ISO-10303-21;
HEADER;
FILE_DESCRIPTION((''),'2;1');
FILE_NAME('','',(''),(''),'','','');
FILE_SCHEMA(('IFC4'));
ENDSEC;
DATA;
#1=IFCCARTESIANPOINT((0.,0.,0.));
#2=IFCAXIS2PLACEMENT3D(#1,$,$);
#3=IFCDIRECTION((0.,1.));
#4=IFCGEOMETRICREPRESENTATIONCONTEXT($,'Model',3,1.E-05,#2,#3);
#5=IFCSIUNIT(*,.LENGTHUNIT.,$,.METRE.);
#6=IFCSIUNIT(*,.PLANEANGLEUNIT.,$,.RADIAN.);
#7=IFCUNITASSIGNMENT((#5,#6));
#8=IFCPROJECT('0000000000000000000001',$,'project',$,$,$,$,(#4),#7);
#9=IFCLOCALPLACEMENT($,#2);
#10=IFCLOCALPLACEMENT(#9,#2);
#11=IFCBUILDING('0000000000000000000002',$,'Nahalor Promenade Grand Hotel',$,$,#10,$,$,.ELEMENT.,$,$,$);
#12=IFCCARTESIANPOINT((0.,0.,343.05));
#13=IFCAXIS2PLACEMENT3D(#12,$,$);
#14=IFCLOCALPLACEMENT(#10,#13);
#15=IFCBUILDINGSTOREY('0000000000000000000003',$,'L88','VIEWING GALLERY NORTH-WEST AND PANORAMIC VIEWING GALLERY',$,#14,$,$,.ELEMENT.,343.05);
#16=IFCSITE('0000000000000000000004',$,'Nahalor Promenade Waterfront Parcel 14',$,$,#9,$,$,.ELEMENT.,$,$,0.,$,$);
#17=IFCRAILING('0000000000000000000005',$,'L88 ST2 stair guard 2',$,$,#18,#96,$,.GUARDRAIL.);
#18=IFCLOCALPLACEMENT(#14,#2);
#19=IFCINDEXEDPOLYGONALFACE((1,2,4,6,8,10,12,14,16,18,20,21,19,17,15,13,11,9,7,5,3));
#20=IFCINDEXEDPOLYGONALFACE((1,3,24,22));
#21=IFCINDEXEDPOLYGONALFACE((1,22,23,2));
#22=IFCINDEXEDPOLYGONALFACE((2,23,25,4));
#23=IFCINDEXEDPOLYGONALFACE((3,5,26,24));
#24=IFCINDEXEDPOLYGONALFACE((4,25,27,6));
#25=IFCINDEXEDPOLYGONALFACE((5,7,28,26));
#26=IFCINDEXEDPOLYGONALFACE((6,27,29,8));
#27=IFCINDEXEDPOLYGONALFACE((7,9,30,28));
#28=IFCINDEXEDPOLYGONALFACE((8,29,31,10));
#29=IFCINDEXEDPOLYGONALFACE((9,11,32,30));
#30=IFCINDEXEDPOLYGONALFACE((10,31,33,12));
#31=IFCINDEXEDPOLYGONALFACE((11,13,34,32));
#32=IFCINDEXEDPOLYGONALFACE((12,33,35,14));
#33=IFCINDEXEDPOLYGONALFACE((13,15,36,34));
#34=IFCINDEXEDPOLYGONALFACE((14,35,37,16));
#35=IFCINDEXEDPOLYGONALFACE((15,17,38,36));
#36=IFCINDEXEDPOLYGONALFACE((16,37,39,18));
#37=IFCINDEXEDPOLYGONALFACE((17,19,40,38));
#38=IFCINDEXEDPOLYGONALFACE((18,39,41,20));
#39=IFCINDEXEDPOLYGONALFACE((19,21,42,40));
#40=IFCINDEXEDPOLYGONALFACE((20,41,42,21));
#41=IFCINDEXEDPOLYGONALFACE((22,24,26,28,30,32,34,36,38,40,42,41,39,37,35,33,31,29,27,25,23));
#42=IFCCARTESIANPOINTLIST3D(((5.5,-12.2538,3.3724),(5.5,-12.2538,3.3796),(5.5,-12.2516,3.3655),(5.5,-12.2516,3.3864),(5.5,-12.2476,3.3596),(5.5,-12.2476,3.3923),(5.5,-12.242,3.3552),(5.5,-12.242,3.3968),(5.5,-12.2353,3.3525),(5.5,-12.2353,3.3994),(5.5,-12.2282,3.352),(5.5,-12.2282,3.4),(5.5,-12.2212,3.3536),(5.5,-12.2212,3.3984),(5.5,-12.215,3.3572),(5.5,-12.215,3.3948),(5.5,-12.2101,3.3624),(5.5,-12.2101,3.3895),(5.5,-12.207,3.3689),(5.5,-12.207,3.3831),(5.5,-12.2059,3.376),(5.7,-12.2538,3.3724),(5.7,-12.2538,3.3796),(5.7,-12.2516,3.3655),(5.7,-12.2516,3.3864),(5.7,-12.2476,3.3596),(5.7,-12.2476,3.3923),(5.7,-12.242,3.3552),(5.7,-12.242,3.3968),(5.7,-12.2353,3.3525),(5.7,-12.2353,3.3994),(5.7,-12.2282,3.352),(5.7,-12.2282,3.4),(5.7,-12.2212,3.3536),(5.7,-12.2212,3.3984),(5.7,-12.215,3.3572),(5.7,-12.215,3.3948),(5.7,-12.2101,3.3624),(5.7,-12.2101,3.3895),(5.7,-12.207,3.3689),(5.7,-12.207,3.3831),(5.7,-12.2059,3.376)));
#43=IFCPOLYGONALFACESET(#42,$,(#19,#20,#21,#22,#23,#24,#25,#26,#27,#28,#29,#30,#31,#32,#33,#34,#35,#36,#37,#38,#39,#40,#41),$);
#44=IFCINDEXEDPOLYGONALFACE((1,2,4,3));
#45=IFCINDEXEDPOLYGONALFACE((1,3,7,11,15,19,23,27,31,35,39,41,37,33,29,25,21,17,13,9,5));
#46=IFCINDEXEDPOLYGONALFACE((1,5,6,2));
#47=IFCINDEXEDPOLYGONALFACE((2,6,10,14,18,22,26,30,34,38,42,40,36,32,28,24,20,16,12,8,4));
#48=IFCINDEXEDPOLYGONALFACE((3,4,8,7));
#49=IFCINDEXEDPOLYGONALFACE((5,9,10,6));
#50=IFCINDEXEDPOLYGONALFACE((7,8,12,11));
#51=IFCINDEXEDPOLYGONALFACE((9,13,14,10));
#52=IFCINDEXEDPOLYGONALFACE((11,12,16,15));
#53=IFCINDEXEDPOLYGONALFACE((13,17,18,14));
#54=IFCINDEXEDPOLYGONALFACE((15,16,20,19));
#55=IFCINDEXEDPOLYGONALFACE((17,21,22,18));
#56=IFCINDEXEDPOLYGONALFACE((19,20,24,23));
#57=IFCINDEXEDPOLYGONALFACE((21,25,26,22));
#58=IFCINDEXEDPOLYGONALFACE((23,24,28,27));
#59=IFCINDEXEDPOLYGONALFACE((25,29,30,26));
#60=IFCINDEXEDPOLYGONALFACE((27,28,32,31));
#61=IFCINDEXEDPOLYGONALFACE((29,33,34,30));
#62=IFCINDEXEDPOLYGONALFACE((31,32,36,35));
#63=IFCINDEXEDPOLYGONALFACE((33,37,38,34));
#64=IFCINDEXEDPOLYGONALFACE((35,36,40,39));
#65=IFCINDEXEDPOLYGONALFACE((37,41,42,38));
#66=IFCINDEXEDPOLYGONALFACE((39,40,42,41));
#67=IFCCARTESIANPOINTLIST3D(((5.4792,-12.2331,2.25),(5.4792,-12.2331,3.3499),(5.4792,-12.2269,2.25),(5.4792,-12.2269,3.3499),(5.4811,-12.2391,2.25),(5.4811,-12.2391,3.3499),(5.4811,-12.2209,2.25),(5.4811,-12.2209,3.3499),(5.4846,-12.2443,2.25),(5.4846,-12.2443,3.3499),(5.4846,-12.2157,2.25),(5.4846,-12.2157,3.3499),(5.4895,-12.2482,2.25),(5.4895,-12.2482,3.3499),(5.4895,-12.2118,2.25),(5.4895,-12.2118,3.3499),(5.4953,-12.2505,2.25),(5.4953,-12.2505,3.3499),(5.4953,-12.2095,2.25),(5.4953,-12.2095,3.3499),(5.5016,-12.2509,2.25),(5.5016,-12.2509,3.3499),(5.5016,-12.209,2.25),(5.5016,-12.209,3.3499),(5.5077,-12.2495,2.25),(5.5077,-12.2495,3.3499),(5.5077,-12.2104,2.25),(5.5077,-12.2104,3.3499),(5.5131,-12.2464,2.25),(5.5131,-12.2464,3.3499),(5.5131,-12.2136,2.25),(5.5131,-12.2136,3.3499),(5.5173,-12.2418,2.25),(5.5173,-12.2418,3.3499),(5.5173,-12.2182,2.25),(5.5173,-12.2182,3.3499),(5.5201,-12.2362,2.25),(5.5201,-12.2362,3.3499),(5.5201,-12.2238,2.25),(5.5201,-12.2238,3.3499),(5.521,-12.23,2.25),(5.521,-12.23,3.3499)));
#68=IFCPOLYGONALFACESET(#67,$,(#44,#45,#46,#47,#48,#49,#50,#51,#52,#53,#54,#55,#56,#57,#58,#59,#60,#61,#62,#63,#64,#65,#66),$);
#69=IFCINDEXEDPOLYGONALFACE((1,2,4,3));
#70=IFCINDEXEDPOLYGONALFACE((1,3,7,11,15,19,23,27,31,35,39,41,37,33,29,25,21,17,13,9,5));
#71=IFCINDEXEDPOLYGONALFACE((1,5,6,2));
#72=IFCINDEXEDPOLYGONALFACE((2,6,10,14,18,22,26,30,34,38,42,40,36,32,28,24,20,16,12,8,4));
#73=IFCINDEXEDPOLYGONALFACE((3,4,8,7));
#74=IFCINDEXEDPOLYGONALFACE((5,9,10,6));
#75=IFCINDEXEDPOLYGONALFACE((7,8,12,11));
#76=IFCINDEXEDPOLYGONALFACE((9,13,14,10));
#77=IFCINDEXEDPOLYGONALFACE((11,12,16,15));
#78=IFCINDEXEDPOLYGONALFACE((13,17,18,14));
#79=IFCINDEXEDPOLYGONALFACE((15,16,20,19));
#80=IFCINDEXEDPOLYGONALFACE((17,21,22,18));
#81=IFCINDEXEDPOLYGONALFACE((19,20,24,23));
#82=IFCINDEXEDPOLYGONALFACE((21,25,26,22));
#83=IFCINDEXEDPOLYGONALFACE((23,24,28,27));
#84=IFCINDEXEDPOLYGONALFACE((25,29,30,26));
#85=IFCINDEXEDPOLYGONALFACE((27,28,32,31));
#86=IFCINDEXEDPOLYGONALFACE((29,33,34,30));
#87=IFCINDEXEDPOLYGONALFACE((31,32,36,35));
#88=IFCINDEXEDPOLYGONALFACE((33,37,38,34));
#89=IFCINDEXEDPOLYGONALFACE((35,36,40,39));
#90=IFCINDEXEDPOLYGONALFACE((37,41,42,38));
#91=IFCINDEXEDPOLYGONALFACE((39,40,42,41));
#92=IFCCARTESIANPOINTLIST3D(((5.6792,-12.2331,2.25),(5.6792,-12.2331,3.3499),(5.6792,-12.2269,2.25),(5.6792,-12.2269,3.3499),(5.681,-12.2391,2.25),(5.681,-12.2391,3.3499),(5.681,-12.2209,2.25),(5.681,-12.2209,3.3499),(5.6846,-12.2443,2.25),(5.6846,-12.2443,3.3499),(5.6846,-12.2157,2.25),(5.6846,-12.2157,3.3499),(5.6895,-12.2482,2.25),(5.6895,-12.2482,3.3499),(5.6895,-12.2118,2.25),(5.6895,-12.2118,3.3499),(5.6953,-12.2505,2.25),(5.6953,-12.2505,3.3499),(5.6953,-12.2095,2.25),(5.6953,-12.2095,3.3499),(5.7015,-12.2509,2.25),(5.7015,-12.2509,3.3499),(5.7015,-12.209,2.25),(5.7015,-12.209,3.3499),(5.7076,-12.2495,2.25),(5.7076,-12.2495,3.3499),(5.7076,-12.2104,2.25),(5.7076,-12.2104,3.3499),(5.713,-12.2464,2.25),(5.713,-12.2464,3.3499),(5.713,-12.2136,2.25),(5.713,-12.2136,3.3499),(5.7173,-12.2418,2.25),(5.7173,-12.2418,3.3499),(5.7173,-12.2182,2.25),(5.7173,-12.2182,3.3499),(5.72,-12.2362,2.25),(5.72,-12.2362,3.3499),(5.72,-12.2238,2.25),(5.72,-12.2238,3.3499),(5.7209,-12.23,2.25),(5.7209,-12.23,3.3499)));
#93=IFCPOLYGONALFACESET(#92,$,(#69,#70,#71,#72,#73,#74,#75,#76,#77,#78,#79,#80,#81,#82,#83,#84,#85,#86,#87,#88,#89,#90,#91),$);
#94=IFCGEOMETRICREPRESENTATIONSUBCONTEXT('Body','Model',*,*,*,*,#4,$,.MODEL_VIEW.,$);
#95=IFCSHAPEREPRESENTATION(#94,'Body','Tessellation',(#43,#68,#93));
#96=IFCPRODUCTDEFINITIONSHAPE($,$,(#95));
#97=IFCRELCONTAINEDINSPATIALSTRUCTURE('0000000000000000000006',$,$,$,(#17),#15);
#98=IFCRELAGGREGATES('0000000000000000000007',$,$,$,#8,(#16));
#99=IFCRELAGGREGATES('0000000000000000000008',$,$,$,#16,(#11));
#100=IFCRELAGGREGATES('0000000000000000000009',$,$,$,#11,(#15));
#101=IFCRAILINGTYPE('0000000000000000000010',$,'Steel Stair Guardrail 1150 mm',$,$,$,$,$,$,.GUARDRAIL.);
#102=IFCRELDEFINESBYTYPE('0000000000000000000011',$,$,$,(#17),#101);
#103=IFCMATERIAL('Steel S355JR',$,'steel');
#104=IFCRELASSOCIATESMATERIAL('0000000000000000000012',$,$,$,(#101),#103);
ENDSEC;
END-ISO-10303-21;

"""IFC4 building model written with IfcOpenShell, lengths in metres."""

from ifc_helpers import new_model, si_unit, direction, frame, origin, origin_2d, place, context, subcontext, project, spatial, circle, extrude, material, type_object, element, save


model = new_model("IFC4")

# Units and contexts
model_context = context("Model", 3, precision=1e-05, world=origin(), true_north=direction((0.0, 1.0)))
body_context = subcontext(model_context, "Body", "Model", "MODEL_VIEW")
ifc_project = project(units=[si_unit("LENGTHUNIT", "METRE"), si_unit("PLANEANGLEUNIT", "RADIAN")], contexts=[model_context])

# Site, building, storey
site_placement = place(None, origin())
site = spatial("IfcSite", under=ifc_project, at=site_placement, Name="Nahalor Promenade Waterfront Parcel 14", CompositionType="ELEMENT", RefElevation=0.0)
building_placement = place(site_placement, origin())
building = spatial("IfcBuilding", under=site, at=building_placement, Name="Nahalor Promenade Grand Hotel", CompositionType="ELEMENT")
storey_placement = place(building_placement, frame((0.0, 0.0, 343.05)))
storey = spatial("IfcBuildingStorey", under=building, at=storey_placement, Name="L88", Description="VIEWING GALLERY NORTH-WEST AND PANORAMIC VIEWING GALLERY", CompositionType="ELEMENT", Elevation=343.05)

# Shared definitions
ifc_material_1 = material(Name="Steel S355JR", Category="steel")

# Railing
railing_type_1 = type_object("IfcRailingType", Name="Steel Stair Guardrail 1150 mm", PredefinedType="GUARDRAIL", material=ifc_material_1)
railing_1_placement = place(storey_placement, frame((5.5, -12.23, 2.25)))
element("IfcRailing", 1, at=railing_1_placement, inside=storey, type_object=railing_type_1, Name="L88 ST2 stair guard 2", PredefinedType="GUARDRAIL", context=body_context, shape_type="SweptSolid", body=[
    extrude(circle(Radius=0.024, at=origin_2d()), frame((0.0, 0.0, 1.126), z_axis=(1.0, 0.0, 0.0), x_axis=(0.0, 1.0, 0.0)), (0.0, 0.0, 1.0), 0.2),
    extrude(circle(Radius=0.021, at=origin_2d()), origin(), (0.0, 0.0, 1.0), 1.0999),
    extrude(circle(Radius=0.021, at=origin_2d()), frame((0.2, 0.0, 0.0)), (0.0, 0.0, 1.0), 1.0999),
])

save(model, "model.ifc")
